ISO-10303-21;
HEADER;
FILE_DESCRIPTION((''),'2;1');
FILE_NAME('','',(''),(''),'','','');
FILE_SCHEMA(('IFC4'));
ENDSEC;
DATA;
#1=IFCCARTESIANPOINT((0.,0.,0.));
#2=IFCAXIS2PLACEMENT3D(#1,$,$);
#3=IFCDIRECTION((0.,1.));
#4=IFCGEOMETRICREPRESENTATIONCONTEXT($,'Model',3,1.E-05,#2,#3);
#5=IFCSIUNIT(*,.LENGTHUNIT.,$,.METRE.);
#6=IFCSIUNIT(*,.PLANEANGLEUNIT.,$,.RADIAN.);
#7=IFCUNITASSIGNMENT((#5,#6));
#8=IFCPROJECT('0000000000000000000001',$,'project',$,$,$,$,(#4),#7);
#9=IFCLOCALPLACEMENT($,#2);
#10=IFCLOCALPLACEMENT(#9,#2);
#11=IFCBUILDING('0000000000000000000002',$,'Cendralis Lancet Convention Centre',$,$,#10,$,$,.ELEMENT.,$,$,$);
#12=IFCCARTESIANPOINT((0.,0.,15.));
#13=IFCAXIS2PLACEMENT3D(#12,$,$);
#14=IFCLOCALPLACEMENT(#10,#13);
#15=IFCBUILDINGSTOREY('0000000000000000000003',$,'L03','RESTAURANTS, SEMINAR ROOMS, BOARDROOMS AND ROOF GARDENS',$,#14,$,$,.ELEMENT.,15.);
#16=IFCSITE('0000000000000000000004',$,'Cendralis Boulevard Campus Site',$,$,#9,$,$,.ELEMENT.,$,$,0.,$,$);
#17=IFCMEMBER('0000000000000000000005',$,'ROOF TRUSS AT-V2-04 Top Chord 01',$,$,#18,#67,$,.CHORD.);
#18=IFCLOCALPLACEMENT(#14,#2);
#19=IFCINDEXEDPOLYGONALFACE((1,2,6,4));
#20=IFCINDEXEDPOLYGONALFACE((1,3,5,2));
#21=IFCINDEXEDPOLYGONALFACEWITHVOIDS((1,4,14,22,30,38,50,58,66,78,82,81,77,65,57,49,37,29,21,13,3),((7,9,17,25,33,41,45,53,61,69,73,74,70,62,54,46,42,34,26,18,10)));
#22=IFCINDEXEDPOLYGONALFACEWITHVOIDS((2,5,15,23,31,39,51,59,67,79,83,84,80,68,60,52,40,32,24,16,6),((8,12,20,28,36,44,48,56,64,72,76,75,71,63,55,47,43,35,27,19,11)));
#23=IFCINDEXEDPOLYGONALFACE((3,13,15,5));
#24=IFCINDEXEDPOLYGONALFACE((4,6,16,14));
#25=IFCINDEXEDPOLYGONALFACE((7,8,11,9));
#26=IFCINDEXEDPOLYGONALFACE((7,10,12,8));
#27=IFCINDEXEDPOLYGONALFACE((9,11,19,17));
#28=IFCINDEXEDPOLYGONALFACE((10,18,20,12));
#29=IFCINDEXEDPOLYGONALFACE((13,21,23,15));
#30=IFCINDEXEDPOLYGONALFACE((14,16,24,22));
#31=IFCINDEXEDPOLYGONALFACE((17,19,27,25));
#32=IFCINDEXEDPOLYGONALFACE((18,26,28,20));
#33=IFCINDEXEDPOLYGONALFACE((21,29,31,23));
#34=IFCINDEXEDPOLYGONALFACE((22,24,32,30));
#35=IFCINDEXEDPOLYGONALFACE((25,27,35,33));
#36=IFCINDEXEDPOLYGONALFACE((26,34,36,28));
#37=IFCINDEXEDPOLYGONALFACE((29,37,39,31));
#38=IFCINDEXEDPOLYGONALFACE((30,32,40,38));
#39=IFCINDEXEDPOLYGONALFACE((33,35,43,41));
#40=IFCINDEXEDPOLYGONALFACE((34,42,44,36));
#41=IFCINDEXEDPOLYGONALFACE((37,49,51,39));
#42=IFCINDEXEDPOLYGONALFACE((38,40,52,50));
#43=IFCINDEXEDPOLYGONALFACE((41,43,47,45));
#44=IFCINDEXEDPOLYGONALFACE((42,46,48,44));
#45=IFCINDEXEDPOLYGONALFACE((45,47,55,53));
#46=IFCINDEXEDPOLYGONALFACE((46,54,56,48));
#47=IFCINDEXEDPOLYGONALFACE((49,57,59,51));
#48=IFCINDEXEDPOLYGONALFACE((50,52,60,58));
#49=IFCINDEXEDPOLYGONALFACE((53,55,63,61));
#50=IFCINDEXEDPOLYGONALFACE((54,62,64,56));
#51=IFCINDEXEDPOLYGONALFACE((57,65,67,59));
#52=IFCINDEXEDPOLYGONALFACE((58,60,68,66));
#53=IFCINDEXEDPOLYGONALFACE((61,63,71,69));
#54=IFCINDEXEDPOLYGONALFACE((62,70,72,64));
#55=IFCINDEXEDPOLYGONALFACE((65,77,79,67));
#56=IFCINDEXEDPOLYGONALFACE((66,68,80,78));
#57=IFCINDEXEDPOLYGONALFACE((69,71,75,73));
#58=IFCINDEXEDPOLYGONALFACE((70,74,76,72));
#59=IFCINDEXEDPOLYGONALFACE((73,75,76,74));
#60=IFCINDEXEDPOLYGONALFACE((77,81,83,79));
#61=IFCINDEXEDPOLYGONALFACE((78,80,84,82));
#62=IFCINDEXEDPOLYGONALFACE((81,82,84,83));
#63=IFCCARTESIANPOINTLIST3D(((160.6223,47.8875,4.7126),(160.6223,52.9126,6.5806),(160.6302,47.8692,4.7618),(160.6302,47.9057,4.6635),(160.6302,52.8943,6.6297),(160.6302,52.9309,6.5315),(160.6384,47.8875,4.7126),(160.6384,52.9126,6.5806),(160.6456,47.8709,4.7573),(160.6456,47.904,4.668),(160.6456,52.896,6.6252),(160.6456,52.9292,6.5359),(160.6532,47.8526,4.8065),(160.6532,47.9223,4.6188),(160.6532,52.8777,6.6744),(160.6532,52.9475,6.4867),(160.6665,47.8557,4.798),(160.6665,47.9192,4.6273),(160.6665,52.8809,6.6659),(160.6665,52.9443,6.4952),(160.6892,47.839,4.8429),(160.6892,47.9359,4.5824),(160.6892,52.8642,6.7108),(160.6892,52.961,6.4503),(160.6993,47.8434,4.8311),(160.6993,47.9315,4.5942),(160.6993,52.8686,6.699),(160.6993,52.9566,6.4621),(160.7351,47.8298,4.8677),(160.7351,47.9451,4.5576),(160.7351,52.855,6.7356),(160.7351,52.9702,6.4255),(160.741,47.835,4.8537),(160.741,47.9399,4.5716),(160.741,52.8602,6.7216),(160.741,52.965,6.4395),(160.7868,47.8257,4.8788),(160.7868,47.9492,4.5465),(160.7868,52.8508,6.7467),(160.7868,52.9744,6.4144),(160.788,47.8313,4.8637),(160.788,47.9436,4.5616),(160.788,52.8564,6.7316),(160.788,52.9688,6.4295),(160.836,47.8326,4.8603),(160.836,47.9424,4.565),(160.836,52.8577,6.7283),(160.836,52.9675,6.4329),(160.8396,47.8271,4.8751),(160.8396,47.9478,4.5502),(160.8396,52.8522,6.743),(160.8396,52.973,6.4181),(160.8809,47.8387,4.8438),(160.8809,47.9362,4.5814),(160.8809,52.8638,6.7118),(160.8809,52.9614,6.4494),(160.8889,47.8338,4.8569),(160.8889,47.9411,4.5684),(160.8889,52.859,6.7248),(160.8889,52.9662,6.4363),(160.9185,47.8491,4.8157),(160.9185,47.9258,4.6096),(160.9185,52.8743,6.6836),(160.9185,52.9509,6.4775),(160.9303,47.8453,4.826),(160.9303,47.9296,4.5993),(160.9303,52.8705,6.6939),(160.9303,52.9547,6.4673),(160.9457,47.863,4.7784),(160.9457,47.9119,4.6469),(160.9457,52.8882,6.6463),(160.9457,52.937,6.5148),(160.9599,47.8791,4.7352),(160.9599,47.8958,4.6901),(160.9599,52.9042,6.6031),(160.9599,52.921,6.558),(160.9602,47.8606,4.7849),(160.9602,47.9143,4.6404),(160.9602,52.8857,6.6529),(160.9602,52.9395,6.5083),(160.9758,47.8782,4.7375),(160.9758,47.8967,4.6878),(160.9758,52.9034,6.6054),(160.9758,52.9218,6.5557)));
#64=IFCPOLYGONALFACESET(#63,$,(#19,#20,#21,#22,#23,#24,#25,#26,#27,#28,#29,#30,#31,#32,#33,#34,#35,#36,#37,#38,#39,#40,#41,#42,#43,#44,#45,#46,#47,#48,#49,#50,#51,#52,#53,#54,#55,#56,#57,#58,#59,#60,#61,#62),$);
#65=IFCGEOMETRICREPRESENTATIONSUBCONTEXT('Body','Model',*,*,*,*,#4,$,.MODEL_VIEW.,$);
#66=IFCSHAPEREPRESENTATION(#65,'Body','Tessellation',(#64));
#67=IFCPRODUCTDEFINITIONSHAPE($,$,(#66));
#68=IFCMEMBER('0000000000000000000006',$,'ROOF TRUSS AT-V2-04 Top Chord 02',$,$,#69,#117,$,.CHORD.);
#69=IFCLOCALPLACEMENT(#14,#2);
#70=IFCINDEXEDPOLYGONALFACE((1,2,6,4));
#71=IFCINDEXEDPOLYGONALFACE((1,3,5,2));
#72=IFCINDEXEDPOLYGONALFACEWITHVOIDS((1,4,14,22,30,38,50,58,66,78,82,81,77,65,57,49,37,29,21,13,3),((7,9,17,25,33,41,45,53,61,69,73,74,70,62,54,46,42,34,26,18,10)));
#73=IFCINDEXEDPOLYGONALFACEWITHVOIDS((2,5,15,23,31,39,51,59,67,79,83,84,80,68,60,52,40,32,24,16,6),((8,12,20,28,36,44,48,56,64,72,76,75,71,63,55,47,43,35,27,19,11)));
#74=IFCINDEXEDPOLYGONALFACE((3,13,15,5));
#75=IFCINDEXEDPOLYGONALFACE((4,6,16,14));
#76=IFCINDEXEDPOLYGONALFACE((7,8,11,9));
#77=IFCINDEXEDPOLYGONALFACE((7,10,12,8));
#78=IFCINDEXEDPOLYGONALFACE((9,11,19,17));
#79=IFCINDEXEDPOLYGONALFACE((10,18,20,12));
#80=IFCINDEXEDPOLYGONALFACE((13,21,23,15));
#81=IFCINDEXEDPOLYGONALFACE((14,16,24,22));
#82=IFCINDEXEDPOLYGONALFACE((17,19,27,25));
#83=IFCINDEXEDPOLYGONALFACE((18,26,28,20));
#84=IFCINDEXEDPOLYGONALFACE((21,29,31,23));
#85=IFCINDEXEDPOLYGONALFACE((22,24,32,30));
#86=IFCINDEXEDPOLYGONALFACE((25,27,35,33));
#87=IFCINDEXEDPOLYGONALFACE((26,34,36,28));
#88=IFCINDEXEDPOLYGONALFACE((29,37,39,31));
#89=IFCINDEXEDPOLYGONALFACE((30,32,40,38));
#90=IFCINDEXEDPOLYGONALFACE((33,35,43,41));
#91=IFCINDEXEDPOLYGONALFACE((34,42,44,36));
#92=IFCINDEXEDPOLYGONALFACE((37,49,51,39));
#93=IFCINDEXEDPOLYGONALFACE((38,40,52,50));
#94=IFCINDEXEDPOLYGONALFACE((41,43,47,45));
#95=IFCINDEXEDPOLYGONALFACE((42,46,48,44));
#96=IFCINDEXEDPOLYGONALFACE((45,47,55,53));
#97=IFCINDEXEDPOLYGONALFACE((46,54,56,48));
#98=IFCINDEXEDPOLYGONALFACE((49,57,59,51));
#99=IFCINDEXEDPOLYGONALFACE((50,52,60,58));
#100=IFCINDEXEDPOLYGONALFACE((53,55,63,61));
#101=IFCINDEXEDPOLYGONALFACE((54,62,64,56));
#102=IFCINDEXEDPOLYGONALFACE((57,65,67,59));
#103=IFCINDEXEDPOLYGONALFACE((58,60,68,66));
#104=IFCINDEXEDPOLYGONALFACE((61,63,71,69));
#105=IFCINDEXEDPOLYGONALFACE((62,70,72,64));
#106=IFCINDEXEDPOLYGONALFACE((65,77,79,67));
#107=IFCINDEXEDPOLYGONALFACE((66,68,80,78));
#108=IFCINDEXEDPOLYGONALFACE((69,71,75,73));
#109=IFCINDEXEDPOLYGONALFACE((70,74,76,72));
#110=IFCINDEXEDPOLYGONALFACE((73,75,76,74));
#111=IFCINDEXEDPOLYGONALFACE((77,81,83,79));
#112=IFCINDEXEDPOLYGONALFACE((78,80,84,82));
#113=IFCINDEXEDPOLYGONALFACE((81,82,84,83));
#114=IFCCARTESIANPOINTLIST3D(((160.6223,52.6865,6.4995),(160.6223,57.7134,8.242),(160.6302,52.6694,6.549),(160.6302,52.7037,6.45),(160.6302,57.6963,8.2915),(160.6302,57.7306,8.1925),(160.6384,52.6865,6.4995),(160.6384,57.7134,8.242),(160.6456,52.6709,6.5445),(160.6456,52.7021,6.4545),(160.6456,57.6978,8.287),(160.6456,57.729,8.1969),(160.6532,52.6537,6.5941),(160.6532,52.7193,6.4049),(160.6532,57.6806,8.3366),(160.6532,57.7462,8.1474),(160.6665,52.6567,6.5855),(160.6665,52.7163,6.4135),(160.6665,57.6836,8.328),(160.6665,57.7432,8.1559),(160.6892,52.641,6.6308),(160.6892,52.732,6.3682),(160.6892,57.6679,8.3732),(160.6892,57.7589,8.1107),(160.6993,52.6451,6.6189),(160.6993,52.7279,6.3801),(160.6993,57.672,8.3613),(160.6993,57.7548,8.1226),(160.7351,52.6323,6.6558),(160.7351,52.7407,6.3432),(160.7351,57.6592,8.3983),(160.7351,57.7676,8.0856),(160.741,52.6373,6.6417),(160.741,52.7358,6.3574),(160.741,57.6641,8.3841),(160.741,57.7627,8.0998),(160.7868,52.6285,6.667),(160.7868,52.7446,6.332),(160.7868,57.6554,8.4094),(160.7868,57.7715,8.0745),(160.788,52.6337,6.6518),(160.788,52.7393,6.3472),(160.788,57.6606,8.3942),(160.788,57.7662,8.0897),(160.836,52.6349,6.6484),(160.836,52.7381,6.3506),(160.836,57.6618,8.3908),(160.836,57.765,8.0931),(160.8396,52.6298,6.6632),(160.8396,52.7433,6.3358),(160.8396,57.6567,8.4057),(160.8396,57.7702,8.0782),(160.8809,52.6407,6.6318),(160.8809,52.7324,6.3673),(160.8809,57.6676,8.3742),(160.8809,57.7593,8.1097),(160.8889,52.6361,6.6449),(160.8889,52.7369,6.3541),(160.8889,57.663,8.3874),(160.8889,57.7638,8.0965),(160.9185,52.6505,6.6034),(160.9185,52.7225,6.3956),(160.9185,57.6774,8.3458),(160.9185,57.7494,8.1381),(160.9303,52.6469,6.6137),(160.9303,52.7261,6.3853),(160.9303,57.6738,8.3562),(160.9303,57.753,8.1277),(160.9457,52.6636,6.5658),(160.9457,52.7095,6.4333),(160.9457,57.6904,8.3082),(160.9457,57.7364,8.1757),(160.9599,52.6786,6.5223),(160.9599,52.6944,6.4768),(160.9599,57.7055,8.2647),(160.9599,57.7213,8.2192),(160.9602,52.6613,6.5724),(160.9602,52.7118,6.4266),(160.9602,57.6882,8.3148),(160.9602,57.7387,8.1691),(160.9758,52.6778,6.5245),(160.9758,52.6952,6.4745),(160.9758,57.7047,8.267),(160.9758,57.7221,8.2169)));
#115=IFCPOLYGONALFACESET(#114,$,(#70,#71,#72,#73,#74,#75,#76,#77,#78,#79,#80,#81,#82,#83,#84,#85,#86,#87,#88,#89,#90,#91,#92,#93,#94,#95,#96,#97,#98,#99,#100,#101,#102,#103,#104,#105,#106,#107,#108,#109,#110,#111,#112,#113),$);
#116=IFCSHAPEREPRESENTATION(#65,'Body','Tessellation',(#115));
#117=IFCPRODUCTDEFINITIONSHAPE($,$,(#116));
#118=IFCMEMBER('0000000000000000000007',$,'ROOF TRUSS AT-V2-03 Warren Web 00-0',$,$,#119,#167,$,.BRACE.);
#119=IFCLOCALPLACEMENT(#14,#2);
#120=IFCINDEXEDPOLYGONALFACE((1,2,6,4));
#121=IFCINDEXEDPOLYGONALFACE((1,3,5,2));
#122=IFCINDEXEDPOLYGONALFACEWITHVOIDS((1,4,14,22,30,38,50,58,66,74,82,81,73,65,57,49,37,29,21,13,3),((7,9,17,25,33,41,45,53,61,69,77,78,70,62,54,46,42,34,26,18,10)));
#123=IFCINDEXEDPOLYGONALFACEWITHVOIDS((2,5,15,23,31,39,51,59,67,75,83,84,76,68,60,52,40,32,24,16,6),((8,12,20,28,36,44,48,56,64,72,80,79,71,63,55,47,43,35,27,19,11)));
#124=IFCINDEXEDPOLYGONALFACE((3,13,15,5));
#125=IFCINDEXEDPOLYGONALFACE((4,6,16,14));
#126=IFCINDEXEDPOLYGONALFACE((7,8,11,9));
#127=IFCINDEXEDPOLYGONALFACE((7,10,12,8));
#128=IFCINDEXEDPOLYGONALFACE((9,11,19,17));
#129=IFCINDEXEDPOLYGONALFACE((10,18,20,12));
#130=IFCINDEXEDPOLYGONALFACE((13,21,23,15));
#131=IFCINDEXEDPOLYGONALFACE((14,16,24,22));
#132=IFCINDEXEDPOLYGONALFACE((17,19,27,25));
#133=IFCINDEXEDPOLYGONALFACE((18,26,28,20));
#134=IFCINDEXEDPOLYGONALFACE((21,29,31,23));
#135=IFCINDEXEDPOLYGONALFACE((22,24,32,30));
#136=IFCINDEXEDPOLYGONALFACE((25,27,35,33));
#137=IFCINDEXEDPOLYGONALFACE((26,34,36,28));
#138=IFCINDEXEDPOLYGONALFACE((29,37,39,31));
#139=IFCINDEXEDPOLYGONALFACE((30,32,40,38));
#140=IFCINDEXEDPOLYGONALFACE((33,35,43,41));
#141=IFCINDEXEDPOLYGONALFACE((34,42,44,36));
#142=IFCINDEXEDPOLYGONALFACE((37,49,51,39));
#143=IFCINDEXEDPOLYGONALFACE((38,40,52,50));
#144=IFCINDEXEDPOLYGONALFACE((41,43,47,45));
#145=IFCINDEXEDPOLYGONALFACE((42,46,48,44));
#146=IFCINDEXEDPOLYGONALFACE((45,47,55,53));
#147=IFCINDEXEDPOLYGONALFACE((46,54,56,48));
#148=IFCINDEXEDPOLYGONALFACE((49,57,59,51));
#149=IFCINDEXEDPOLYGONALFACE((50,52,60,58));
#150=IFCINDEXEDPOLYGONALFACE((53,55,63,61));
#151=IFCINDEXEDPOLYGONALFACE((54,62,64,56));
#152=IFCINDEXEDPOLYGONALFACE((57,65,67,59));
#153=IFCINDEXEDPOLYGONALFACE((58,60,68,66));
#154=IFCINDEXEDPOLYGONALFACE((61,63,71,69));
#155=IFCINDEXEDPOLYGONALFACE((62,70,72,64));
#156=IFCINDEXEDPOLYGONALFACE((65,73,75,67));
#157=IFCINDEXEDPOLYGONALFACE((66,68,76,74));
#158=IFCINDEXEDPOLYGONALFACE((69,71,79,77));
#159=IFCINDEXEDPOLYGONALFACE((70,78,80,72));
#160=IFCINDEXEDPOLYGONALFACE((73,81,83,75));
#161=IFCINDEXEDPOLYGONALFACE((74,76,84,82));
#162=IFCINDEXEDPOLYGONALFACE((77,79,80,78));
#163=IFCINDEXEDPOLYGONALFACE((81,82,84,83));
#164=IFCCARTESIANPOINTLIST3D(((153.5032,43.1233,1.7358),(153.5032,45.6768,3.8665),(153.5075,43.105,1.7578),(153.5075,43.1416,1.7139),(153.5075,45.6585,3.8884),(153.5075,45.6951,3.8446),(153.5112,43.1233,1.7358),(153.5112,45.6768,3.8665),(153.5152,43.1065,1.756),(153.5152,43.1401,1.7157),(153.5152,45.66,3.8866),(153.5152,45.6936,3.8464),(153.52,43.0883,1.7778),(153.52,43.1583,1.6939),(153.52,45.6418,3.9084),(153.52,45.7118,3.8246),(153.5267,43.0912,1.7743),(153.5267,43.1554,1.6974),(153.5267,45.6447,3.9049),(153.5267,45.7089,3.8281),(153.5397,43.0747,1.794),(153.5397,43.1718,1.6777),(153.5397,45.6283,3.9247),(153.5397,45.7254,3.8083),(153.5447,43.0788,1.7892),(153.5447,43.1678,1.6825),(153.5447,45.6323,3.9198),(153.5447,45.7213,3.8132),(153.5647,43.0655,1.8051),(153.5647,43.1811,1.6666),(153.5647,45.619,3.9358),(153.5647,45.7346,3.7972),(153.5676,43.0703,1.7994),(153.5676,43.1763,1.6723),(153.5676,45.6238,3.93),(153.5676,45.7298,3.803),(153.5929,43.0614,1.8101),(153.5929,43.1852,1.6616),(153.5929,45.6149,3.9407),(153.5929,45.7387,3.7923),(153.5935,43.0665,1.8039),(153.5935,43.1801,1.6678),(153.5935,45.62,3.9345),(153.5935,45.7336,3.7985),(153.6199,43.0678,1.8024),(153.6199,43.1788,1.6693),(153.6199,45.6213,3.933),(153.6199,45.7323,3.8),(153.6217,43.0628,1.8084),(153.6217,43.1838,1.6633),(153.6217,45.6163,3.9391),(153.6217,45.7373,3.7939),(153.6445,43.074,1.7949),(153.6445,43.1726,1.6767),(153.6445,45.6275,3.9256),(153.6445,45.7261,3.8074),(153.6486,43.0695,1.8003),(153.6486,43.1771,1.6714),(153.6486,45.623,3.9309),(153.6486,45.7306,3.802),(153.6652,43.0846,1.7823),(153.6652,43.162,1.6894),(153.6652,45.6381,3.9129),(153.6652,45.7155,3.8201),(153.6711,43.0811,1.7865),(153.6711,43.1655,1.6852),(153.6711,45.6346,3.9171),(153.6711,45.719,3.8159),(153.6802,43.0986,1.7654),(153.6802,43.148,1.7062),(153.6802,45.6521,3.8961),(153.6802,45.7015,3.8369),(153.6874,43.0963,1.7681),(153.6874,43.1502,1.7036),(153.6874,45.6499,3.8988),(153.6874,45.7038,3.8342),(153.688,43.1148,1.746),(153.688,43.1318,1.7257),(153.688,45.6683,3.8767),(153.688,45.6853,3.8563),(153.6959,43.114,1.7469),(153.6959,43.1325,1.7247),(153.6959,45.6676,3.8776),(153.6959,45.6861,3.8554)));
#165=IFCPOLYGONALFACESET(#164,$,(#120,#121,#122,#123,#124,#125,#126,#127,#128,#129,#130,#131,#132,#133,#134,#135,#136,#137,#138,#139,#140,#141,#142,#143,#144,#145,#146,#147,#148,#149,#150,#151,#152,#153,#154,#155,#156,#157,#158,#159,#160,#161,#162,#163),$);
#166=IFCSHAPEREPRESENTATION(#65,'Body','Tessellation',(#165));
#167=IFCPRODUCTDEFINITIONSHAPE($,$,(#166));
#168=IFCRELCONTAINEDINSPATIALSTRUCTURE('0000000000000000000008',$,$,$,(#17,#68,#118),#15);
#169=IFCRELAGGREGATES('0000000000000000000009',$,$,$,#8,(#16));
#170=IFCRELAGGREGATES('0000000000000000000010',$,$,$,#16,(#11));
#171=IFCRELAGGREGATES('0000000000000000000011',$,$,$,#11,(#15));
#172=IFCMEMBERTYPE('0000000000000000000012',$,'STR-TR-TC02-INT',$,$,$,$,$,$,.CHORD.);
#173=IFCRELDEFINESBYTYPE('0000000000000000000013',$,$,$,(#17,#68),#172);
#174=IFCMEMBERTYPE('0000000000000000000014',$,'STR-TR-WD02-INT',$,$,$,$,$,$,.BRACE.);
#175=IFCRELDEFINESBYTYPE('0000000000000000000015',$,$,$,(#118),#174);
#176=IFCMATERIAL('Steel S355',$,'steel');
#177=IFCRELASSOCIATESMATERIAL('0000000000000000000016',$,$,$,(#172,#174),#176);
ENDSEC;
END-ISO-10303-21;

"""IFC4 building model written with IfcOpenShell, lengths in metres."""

from ifc_helpers import new_model, si_unit, direction, frame, origin, origin_2d, place, context, subcontext, project, spatial, hollow_circle, extrude, material, material_profile, profile_set, type_object, element, save


model = new_model("IFC4")

# Units and contexts
model_context = context("Model", 3, precision=1e-05, world=origin(), true_north=direction((0.0, 1.0)))
body_context = subcontext(model_context, "Body", "Model", "MODEL_VIEW")
ifc_project = project(units=[si_unit("LENGTHUNIT", "METRE"), si_unit("PLANEANGLEUNIT", "RADIAN")], contexts=[model_context])

# Site, building, storey
site_placement = place(None, origin())
site = spatial("IfcSite", under=ifc_project, at=site_placement, Name="Cendralis Boulevard Campus Site", CompositionType="ELEMENT", RefElevation=0.0)
building_placement = place(site_placement, origin())
building = spatial("IfcBuilding", under=site, at=building_placement, Name="Cendralis Lancet Convention Centre", CompositionType="ELEMENT")
storey_placement = place(building_placement, frame((0.0, 0.0, 15.0)))
storey = spatial("IfcBuildingStorey", under=building, at=storey_placement, Name="L03", Description="RESTAURANTS, SEMINAR ROOMS, BOARDROOMS AND ROOF GARDENS", CompositionType="ELEMENT", Elevation=15.0)

# Shared definitions
ifc_material_1 = material(Name="Steel S355", Category="steel")

# Members
ifc_material_profile_1 = material_profile(ifc_material_1, hollow_circle(Radius=0.1777, WallThickness=0.0161, at=origin_2d()), Name="CHS 355.6x16.0")
ifc_profile_set_1 = profile_set([ifc_material_profile_1], Name="Steel S355")
member_type_1 = type_object("IfcMemberType", Name="STR-TR-TC02-INT", PredefinedType="CHORD", material=ifc_profile_set_1)
member_1_placement = place(storey_placement, frame((160.8, 47.8875, 4.7126), z_axis=(0.0, 0.937338, 0.348422), x_axis=(-1.0, 0.0, 0.0)))
element("IfcMember", 1, at=member_1_placement, inside=storey, type_object=member_type_1, Name="ROOF TRUSS AT-V2-04 Top Chord 01", PredefinedType="CHORD", context=body_context, shape_type="SweptSolid", body=[
    extrude(hollow_circle(Radius=0.1777, WallThickness=0.0161, at=origin_2d()), origin(), (0.0, 0.0, 1.0), 5.3611),
])
member_2_placement = place(storey_placement, frame((160.8, 52.6865, 6.4995), z_axis=(0.0, 0.944849, 0.327508), x_axis=(-1.0, 0.0, 0.0)))
element("IfcMember", 2, at=member_2_placement, inside=storey, type_object=member_type_1, Name="ROOF TRUSS AT-V2-04 Top Chord 02", PredefinedType="CHORD", context=body_context, shape_type="SweptSolid", body=[
    extrude(hollow_circle(Radius=0.1777, WallThickness=0.0161, at=origin_2d()), origin(), (0.0, 0.0, 1.0), 5.3203),
])
ifc_material_profile_2 = material_profile(ifc_material_1, hollow_circle(Radius=0.0969, WallThickness=0.0081, at=origin_2d()), Name="CHS 193.7x8.0")
ifc_profile_set_2 = profile_set([ifc_material_profile_2], Name="Steel S355")
member_type_2 = type_object("IfcMemberType", Name="STR-TR-WD02-INT", PredefinedType="BRACE", material=ifc_profile_set_2)
member_3_placement = place(storey_placement, frame((153.6001, 43.1233, 1.7358), z_axis=(0.0, 0.767818, 0.640668), x_axis=(-1.0, 0.0, 0.0)))
element("IfcMember", 3, at=member_3_placement, inside=storey, type_object=member_type_2, Name="ROOF TRUSS AT-V2-03 Warren Web 00-0", PredefinedType="BRACE", context=body_context, shape_type="SweptSolid", body=[
    extrude(hollow_circle(Radius=0.0969, WallThickness=0.0081, at=origin_2d()), origin(), (0.0, 0.0, 1.0), 3.3257),
])

save(model, "model.ifc")
